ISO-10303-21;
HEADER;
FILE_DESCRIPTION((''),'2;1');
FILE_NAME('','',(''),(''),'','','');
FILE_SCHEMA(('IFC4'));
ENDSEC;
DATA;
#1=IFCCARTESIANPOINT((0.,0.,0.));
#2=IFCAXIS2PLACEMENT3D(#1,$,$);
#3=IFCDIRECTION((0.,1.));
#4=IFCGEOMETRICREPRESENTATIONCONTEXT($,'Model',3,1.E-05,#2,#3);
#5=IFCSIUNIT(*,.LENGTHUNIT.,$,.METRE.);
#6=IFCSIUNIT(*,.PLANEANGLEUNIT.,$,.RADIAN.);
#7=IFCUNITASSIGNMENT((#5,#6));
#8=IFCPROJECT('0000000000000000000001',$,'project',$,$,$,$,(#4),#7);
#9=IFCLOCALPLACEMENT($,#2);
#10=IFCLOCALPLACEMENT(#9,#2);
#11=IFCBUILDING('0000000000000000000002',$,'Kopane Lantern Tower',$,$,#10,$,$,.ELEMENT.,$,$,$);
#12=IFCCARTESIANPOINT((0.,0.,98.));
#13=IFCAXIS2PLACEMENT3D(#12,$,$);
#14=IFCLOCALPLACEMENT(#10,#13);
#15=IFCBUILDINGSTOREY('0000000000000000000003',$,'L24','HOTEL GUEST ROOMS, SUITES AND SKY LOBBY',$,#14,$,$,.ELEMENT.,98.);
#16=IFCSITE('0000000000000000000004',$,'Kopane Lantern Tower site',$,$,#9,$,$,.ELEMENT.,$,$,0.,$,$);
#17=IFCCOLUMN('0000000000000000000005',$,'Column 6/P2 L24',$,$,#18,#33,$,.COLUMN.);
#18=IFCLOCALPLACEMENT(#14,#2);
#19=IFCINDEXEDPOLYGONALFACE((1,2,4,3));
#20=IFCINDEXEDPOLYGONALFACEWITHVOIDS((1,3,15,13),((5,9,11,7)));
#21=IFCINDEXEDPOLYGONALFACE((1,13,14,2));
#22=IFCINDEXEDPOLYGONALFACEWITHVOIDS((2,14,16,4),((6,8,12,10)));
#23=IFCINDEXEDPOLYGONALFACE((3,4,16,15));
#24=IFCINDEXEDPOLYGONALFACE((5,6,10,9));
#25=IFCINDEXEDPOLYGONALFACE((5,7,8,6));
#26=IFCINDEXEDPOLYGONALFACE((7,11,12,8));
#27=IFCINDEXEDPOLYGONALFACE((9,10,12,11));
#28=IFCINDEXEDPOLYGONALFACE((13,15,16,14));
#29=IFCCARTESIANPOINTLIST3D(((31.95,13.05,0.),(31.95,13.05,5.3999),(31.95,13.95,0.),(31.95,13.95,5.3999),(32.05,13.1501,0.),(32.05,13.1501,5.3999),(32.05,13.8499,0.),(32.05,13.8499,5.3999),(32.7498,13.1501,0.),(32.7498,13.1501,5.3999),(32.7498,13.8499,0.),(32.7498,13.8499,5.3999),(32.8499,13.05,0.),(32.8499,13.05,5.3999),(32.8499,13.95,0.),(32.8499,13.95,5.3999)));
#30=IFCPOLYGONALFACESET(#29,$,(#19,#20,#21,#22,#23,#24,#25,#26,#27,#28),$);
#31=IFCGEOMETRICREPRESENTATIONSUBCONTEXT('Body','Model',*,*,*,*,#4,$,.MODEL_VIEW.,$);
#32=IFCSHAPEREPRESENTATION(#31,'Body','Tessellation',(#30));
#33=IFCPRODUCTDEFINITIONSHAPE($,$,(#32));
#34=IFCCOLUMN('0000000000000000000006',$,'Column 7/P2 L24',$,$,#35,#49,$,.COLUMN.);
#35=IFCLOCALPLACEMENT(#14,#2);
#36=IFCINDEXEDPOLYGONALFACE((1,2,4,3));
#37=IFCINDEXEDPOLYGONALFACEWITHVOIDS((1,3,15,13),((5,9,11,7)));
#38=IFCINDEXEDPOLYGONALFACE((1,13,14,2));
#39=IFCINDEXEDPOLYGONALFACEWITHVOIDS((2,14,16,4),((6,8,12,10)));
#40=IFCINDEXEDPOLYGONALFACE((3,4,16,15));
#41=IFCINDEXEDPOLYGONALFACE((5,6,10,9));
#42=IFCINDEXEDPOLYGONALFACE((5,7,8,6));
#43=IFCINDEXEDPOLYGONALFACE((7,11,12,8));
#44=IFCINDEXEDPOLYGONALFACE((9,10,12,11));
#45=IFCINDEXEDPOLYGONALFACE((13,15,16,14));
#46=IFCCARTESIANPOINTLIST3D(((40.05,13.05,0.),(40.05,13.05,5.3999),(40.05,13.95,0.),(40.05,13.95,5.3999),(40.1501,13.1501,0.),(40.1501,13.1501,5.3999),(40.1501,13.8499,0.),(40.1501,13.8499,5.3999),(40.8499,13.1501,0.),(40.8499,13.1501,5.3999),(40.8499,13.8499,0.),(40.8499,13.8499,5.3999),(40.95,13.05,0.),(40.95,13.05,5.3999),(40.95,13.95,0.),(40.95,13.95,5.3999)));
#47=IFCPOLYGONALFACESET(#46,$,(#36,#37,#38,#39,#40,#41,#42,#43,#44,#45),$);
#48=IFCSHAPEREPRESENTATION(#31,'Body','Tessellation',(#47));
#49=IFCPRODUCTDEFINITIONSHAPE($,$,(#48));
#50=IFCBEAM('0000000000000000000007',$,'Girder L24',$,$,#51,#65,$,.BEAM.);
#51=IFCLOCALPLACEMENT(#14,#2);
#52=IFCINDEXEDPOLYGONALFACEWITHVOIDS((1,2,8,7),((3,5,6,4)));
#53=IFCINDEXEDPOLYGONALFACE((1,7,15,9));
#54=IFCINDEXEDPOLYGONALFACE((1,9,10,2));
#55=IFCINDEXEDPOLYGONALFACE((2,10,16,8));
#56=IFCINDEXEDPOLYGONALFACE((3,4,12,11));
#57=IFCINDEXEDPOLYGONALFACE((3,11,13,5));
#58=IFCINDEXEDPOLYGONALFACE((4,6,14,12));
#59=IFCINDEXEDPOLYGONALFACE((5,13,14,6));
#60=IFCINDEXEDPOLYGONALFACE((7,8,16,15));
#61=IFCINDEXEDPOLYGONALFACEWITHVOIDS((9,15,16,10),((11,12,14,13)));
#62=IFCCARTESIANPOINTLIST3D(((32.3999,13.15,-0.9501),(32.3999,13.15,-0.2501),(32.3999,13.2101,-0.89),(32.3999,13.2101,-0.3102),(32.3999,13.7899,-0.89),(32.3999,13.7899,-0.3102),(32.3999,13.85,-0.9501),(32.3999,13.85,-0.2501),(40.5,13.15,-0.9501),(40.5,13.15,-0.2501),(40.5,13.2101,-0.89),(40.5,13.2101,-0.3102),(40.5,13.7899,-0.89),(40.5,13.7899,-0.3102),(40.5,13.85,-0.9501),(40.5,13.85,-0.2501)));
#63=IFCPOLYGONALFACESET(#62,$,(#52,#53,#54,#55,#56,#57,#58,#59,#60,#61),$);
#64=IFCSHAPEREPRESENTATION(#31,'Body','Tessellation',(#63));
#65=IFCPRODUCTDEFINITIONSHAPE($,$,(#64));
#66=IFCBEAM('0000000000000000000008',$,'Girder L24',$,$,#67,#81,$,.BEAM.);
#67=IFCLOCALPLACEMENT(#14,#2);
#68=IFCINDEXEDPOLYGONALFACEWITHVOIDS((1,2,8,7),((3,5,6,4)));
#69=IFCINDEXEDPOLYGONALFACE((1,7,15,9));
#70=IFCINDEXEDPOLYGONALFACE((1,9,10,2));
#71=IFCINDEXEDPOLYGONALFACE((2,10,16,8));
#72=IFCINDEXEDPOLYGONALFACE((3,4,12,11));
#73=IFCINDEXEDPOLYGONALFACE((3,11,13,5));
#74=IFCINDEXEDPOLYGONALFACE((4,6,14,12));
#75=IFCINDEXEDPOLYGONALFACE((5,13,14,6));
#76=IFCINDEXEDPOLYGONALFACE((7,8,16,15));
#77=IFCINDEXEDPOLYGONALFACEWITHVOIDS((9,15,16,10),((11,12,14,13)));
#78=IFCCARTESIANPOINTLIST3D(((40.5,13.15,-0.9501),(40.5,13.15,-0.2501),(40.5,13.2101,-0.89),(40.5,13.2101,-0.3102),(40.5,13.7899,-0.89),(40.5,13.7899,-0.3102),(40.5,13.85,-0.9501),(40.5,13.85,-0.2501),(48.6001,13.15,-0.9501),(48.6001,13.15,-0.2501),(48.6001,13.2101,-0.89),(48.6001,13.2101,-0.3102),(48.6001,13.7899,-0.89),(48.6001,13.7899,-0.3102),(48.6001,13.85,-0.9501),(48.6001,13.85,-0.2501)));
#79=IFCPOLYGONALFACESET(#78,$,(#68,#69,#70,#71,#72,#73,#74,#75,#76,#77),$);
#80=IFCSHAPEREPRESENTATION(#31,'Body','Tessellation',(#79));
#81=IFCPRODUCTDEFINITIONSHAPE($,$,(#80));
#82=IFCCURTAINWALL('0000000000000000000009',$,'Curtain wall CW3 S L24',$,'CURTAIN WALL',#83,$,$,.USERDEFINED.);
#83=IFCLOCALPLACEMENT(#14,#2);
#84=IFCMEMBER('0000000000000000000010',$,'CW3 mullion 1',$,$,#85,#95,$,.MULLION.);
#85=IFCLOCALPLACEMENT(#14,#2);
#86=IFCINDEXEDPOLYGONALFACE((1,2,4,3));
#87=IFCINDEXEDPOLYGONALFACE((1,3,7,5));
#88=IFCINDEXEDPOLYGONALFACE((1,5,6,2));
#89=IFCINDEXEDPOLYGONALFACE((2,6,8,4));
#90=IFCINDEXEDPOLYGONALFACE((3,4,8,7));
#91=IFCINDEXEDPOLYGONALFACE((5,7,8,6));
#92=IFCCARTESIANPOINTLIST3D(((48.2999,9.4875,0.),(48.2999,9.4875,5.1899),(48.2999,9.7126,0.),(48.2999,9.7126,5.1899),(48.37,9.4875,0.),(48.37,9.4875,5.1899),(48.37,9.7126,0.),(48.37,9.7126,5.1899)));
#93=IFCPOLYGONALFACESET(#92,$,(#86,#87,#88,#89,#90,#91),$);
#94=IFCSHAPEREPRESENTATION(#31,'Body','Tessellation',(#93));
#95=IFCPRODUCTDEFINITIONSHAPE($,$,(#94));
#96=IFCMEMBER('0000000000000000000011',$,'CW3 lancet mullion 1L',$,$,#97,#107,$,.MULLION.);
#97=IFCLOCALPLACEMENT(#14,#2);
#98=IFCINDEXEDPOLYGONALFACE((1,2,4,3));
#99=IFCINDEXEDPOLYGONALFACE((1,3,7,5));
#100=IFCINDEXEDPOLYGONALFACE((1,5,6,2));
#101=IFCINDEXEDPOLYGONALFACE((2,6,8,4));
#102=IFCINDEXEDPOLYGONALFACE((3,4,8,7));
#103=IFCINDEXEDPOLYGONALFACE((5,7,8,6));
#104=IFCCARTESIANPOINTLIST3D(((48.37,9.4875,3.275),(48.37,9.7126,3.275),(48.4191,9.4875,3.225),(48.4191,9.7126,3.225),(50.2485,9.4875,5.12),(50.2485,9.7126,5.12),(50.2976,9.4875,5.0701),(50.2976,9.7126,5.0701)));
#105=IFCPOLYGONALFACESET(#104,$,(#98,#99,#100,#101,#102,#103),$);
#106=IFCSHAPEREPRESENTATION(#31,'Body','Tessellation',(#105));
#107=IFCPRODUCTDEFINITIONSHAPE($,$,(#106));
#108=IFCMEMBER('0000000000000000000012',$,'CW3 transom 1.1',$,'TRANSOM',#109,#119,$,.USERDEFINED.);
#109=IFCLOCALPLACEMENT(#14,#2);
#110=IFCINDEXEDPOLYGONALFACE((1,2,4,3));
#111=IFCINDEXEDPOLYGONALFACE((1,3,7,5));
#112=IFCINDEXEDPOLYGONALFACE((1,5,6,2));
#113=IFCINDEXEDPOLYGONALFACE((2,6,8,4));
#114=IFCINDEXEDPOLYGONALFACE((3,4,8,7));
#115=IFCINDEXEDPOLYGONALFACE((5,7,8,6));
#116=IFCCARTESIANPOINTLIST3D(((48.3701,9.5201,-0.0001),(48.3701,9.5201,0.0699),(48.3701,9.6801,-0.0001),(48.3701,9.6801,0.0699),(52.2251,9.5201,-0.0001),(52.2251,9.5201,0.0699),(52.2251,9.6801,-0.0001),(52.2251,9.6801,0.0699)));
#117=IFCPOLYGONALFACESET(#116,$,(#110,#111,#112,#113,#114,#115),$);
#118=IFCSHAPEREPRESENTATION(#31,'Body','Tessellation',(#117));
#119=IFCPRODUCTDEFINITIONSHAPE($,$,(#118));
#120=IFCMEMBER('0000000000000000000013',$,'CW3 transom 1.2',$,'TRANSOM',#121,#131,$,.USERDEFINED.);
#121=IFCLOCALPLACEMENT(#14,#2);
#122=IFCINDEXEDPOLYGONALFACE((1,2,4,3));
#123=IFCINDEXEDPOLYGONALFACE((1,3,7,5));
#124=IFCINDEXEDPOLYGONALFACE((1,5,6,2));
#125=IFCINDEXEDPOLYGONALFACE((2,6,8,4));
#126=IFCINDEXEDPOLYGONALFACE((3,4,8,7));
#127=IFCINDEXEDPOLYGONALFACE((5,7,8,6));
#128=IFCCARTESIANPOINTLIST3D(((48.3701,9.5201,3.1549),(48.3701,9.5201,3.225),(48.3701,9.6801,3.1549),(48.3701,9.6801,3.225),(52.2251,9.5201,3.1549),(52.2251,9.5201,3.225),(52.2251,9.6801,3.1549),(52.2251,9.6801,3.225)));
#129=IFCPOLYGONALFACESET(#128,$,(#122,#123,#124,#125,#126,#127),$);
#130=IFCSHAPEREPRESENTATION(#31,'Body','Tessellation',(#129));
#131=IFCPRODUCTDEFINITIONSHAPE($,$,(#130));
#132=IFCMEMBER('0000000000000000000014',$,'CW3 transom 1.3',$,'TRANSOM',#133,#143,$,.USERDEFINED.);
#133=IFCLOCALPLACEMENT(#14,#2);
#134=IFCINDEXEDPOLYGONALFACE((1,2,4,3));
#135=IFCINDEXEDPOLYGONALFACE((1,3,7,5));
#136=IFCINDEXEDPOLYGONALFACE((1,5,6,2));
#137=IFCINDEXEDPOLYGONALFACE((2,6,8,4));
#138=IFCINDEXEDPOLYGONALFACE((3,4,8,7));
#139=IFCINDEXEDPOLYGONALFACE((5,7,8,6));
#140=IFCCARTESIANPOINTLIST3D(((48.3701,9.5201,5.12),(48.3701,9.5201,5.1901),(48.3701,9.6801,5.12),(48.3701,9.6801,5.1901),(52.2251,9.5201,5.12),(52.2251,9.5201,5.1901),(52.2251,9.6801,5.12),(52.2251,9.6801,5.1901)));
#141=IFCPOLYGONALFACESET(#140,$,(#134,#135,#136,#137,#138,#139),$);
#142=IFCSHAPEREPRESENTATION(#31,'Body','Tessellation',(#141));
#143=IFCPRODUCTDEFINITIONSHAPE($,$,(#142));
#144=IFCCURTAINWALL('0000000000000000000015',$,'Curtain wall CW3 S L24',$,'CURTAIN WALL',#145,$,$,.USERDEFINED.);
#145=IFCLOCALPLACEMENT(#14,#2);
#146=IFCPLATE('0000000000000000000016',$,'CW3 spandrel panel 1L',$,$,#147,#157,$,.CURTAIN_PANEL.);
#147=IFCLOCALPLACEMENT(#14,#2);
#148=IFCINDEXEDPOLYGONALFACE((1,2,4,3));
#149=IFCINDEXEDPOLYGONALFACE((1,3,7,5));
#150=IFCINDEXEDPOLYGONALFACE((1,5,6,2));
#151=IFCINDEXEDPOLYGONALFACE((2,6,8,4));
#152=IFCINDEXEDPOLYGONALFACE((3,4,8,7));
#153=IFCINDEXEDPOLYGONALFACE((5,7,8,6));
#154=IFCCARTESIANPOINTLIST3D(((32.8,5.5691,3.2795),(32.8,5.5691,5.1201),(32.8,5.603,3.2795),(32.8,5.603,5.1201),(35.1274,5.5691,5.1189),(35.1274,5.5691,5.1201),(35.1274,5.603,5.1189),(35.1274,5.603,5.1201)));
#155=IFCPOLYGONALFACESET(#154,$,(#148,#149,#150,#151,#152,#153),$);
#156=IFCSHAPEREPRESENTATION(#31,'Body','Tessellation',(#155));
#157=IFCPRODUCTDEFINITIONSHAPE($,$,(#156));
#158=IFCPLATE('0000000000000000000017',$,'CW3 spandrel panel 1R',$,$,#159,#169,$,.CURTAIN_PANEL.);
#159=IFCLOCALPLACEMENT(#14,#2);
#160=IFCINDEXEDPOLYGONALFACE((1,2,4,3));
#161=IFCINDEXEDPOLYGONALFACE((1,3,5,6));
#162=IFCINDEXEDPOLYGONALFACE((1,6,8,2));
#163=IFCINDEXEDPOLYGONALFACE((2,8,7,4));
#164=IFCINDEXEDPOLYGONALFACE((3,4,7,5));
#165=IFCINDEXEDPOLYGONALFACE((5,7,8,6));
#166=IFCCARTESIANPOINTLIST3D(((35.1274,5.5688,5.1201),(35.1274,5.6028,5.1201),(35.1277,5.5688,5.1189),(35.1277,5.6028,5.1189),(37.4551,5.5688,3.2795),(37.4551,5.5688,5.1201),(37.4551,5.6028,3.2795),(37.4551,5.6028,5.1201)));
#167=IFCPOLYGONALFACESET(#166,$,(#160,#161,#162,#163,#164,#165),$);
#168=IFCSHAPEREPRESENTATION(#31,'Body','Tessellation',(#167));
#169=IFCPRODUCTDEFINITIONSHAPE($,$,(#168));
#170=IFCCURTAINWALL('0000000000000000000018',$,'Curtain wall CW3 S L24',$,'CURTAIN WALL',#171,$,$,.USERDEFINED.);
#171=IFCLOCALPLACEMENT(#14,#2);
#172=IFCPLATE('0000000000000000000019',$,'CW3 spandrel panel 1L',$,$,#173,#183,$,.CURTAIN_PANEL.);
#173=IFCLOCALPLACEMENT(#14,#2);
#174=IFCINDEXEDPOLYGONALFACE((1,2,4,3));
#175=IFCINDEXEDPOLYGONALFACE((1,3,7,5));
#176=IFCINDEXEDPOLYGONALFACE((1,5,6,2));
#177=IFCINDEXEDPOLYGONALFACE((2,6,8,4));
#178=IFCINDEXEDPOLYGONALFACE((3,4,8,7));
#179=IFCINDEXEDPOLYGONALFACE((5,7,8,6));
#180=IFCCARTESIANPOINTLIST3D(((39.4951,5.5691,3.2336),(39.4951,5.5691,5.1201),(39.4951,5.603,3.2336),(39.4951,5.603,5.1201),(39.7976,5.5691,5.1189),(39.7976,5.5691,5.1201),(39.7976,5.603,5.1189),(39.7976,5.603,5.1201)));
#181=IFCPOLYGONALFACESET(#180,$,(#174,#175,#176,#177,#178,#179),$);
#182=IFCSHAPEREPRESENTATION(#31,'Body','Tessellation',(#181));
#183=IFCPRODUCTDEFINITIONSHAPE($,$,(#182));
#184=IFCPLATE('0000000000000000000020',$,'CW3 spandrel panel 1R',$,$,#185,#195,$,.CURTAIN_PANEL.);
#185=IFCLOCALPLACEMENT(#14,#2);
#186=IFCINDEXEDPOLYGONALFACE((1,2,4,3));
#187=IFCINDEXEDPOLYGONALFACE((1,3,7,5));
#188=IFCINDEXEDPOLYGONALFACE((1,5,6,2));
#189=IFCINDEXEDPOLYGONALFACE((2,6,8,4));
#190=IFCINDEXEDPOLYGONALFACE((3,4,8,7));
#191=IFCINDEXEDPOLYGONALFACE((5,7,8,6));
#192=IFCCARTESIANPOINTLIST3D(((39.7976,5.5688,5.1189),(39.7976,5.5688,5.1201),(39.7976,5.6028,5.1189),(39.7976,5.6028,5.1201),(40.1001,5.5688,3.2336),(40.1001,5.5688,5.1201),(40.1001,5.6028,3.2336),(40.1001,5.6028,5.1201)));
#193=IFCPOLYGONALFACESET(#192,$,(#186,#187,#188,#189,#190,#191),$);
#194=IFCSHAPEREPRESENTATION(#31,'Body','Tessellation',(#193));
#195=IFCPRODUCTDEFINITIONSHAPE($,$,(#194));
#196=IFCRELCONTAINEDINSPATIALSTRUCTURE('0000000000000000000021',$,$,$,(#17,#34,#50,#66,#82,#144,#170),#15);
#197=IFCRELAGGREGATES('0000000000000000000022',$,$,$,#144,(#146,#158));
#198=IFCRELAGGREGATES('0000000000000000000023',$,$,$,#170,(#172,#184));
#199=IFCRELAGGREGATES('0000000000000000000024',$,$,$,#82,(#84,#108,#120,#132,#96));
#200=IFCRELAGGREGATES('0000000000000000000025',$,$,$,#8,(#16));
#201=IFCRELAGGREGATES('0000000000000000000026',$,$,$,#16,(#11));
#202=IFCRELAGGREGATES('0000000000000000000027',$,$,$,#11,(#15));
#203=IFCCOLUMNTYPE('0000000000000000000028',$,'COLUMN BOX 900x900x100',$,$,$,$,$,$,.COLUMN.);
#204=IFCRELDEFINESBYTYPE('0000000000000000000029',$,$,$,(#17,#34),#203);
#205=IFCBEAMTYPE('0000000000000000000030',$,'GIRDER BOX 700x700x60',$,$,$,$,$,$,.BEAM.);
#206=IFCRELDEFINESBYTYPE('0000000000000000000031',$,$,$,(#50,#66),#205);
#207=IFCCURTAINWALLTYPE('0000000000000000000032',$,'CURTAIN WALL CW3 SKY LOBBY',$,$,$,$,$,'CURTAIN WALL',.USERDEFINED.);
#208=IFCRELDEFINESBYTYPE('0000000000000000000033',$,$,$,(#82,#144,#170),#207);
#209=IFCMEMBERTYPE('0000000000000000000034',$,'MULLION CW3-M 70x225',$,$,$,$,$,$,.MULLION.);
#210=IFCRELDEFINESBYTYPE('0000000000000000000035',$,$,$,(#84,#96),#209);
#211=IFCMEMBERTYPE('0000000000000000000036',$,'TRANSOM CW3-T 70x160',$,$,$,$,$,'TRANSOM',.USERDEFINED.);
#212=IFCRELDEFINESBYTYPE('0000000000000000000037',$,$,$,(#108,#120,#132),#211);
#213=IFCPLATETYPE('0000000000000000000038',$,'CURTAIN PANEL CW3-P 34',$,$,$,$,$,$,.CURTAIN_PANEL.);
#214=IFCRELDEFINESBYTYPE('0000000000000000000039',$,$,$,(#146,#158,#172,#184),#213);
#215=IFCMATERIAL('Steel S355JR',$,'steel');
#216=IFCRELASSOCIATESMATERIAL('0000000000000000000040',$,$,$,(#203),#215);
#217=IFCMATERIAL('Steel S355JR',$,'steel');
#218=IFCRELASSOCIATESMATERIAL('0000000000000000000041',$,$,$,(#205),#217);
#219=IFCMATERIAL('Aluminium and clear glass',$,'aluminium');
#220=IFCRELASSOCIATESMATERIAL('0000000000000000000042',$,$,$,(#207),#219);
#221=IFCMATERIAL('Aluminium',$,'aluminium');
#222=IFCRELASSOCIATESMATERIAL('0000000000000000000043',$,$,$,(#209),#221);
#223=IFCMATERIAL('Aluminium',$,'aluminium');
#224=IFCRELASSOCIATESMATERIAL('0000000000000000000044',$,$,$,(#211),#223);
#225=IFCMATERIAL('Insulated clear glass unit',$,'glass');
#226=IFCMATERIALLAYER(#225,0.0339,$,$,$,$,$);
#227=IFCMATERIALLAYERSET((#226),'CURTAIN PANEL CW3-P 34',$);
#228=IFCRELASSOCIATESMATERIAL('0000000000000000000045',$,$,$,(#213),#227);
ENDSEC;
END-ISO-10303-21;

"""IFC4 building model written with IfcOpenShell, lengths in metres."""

from ifc_helpers import new_model, si_unit, direction, frame, origin, origin_2d, place, context, subcontext, project, spatial, polyline, rectangle, hollow_rectangle, outline, extrude, material, layer, layer_set, material_profile, profile_set, type_object, element, aggregate, save


model = new_model("IFC4")

# Units and contexts
model_context = context("Model", 3, precision=1e-05, world=origin(), true_north=direction((0.0, 1.0)))
body_context = subcontext(model_context, "Body", "Model", "MODEL_VIEW")
ifc_project = project(units=[si_unit("LENGTHUNIT", "METRE"), si_unit("PLANEANGLEUNIT", "RADIAN")], contexts=[model_context])

# Site, building, storey
site_placement = place(None, origin())
site = spatial("IfcSite", under=ifc_project, at=site_placement, Name="Kopane Lantern Tower site", CompositionType="ELEMENT", RefElevation=0.0)
building_placement = place(site_placement, origin())
building = spatial("IfcBuilding", under=site, at=building_placement, Name="Kopane Lantern Tower", CompositionType="ELEMENT")
storey_placement = place(building_placement, frame((0.0, 0.0, 98.0)))
storey = spatial("IfcBuildingStorey", under=building, at=storey_placement, Name="L24", Description="HOTEL GUEST ROOMS, SUITES AND SKY LOBBY", CompositionType="ELEMENT", Elevation=98.0)

# Columns
ifc_material_1 = material(Name="Steel S355JR", Category="steel")
ifc_material_profile_1 = material_profile(ifc_material_1, hollow_rectangle(XDim=0.8999, YDim=0.8999, WallThickness=0.1001, at=origin_2d()), Name="BOX 900x900x100")
ifc_profile_set_1 = profile_set([ifc_material_profile_1], Name="Steel S355JR")
column_type = type_object("IfcColumnType", Name="COLUMN BOX 900x900x100", PredefinedType="COLUMN", material=ifc_profile_set_1)
for number, where, z_axis, x_axis, name in (
    (1, (32.3999, 13.5, 0.0), (0.0, 0.0, 1.0), (1.0, 0.0, 0.0), "Column 6/P2 L24"),
    (2, (40.5, 13.5, 0.0), (0.0, 0.0, 1.0), (1.0, 0.0, 0.0), "Column 7/P2 L24"),
):
    element("IfcColumn", number, at=place(storey_placement, frame(where, z_axis=z_axis, x_axis=x_axis)), inside=storey, type_object=column_type, Name=name, PredefinedType="COLUMN", context=body_context, shape_type="SweptSolid", body=[
        extrude(hollow_rectangle(XDim=0.8999, YDim=0.8999, WallThickness=0.1001, at=origin_2d()), origin(), (0.0, 0.0, 1.0), 5.3999),
    ])

# Beams
ifc_material_2 = material(Name="Steel S355JR", Category="steel")
ifc_material_profile_2 = material_profile(ifc_material_2, hollow_rectangle(XDim=0.7, YDim=0.7, WallThickness=0.0601, at=origin_2d()), Name="BOX 700x700x60")
ifc_profile_set_2 = profile_set([ifc_material_profile_2], Name="Steel S355JR")
beam_type = type_object("IfcBeamType", Name="GIRDER BOX 700x700x60", PredefinedType="BEAM", material=ifc_profile_set_2)
for number, where, z_axis, x_axis, name in (
    (3, (32.3999, 13.5, -0.6001), (1.0, 0.0, 0.0), (0.0, 1.0, 0.0), "Girder L24"),
    (4, (40.5, 13.5, -0.6001), (1.0, 0.0, 0.0), (0.0, 1.0, 0.0), "Girder L24"),
):
    element("IfcBeam", number, at=place(storey_placement, frame(where, z_axis=z_axis, x_axis=x_axis)), inside=storey, type_object=beam_type, Name=name, PredefinedType="BEAM", context=body_context, shape_type="SweptSolid", body=[
        extrude(hollow_rectangle(XDim=0.7, YDim=0.7, WallThickness=0.0601, at=origin_2d()), origin(), (0.0, 0.0, 1.0), 8.1001),
    ])

# Curtain wall, members
ifc_material_3 = material(Name="Aluminium and clear glass", Category="aluminium")
curtain_wall_type = type_object("IfcCurtainWallType", Name="CURTAIN WALL CW3 SKY LOBBY", ElementType="CURTAIN WALL", PredefinedType="USERDEFINED", material=ifc_material_3)
curtain_wall_1_placement = place(storey_placement, origin())
curtain_wall_1 = element("IfcCurtainWall", 5, at=curtain_wall_1_placement, inside=storey, type_object=curtain_wall_type, Name="Curtain wall CW3 S L24", ObjectType="CURTAIN WALL", PredefinedType="USERDEFINED")
ifc_material_4 = material(Name="Aluminium", Category="aluminium")
ifc_material_profile_3 = material_profile(ifc_material_4, rectangle(XDim=0.0701, YDim=0.2251, at=origin_2d()), Name="AL 70x225")
ifc_profile_set_3 = profile_set([ifc_material_profile_3], Name="Aluminium")
member_type_1 = type_object("IfcMemberType", Name="MULLION CW3-M 70x225", PredefinedType="MULLION", material=ifc_profile_set_3)
member_1_placement = place(storey_placement, frame((48.335, 9.6001, 0.0), z_axis=(0.0, 0.0, 1.0), x_axis=(1.0, 0.0, 0.0)))
member_1 = element("IfcMember", 6, at=member_1_placement, type_object=member_type_1, Name="CW3 mullion 1", PredefinedType="MULLION", context=body_context, shape_type="SweptSolid", body=[
    extrude(rectangle(XDim=0.0701, YDim=0.2251, at=origin_2d()), origin(), (0.0, 0.0, 1.0), 5.1899),
])
member_2_placement = place(storey_placement, frame((48.3945, 9.6001, 3.25), z_axis=(0.71343, 0.0, 0.700727), x_axis=(-0.700727, 0.0, 0.71343)))
member_2 = element("IfcMember", 7, at=member_2_placement, type_object=member_type_1, Name="CW3 lancet mullion 1L", PredefinedType="MULLION", context=body_context, shape_type="SweptSolid", body=[
    extrude(rectangle(XDim=0.0701, YDim=0.2251, at=origin_2d()), origin(), (0.0, 0.0, 1.0), 2.6331),
])
ifc_material_5 = material(Name="Aluminium", Category="aluminium")
ifc_material_profile_4 = material_profile(ifc_material_5, rectangle(XDim=0.1599, YDim=0.0701, at=origin_2d()), Name="AL 160x70")
ifc_profile_set_4 = profile_set([ifc_material_profile_4], Name="Aluminium")
member_type_2 = type_object("IfcMemberType", Name="TRANSOM CW3-T 70x160", ElementType="TRANSOM", PredefinedType="USERDEFINED", material=ifc_profile_set_4)
member_3_placement = place(storey_placement, frame((48.3701, 9.6001, 0.0349), z_axis=(1.0, 0.0, 0.0), x_axis=(0.0, 1.0, 0.0)))
member_3 = element("IfcMember", 8, at=member_3_placement, type_object=member_type_2, Name="CW3 transom 1.1", ObjectType="TRANSOM", PredefinedType="USERDEFINED", context=body_context, shape_type="SweptSolid", body=[
    extrude(rectangle(XDim=0.1599, YDim=0.0701, at=origin_2d()), origin(), (0.0, 0.0, 1.0), 3.855),
])
member_4_placement = place(storey_placement, frame((48.3701, 9.6001, 3.1899), z_axis=(1.0, 0.0, 0.0), x_axis=(0.0, 1.0, 0.0)))
member_4 = element("IfcMember", 9, at=member_4_placement, type_object=member_type_2, Name="CW3 transom 1.2", ObjectType="TRANSOM", PredefinedType="USERDEFINED", context=body_context, shape_type="SweptSolid", body=[
    extrude(rectangle(XDim=0.1599, YDim=0.0701, at=origin_2d()), origin(), (0.0, 0.0, 1.0), 3.855),
])
member_5_placement = place(storey_placement, frame((48.3701, 9.6001, 5.155), z_axis=(1.0, 0.0, 0.0), x_axis=(0.0, 1.0, 0.0)))
member_5 = element("IfcMember", 10, at=member_5_placement, type_object=member_type_2, Name="CW3 transom 1.3", ObjectType="TRANSOM", PredefinedType="USERDEFINED", context=body_context, shape_type="SweptSolid", body=[
    extrude(rectangle(XDim=0.1599, YDim=0.0701, at=origin_2d()), origin(), (0.0, 0.0, 1.0), 3.855),
])

# Curtain walls, plates
curtain_wall_2_placement = place(storey_placement, origin())
curtain_wall_2 = element("IfcCurtainWall", 11, at=curtain_wall_2_placement, inside=storey, type_object=curtain_wall_type, Name="Curtain wall CW3 S L24", ObjectType="CURTAIN WALL", PredefinedType="USERDEFINED")
ifc_material_6 = material(Name="Insulated clear glass unit", Category="glass")
ifc_layer_1 = layer(ifc_material_6, 0.0339)
ifc_layer_set_1 = layer_set([ifc_layer_1], Name="CURTAIN PANEL CW3-P 34")
plate_type = type_object("IfcPlateType", Name="CURTAIN PANEL CW3-P 34", PredefinedType="CURTAIN_PANEL", material=ifc_layer_set_1)
plate_1_placement = place(storey_placement, frame((32.8, 5.5859, 5.1201), z_axis=(0.0, 0.0, 1.0), x_axis=(1.0, 0.0, 0.0)))
plate_1 = element("IfcPlate", 12, at=plate_1_placement, type_object=plate_type, Name="CW3 spandrel panel 1L", PredefinedType="CURTAIN_PANEL", context=body_context, shape_type="SweptSolid", body=[
    extrude(outline(polyline([(0.0, 0.0), (2.3274, 0.0), (2.3274, -0.0012), (0.0, -1.8406), (0.0, 0.0)])), frame((0.0, 0.0171, 0.0), z_axis=(0.0, -1.0, 0.0), x_axis=(1.0, 0.0, 0.0)), (0.0, 0.0, 1.0), 0.0339),
])
plate_2_placement = place(storey_placement, frame((37.4551, 5.5859, 5.1201), z_axis=(0.0, 0.0, 1.0), x_axis=(-1.0, 0.0, 0.0)))
plate_2 = element("IfcPlate", 13, at=plate_2_placement, type_object=plate_type, Name="CW3 spandrel panel 1R", PredefinedType="CURTAIN_PANEL", context=body_context, shape_type="SweptSolid", body=[
    extrude(outline(polyline([(0.0, 0.0), (2.3276, 0.0), (2.3274, -0.0012), (0.0, -1.8406), (0.0, 0.0)])), frame((0.0, 0.0171, 0.0), z_axis=(0.0, -1.0, 0.0), x_axis=(1.0, 0.0, 0.0)), (0.0, 0.0, 1.0), 0.0339),
])
aggregate(curtain_wall_2, [plate_1, plate_2])
curtain_wall_3_placement = place(storey_placement, origin())
curtain_wall_3 = element("IfcCurtainWall", 14, at=curtain_wall_3_placement, inside=storey, type_object=curtain_wall_type, Name="Curtain wall CW3 S L24", ObjectType="CURTAIN WALL", PredefinedType="USERDEFINED")
plate_3_placement = place(storey_placement, frame((39.4951, 5.5859, 5.1201), z_axis=(0.0, 0.0, 1.0), x_axis=(1.0, 0.0, 0.0)))
plate_3 = element("IfcPlate", 15, at=plate_3_placement, type_object=plate_type, Name="CW3 spandrel panel 1L", PredefinedType="CURTAIN_PANEL", context=body_context, shape_type="SweptSolid", body=[
    extrude(outline(polyline([(0.0, 0.0), (0.3025, 0.0), (0.3025, -0.0012), (0.0, -1.8865), (0.0, 0.0)])), frame((0.0, 0.0171, 0.0), z_axis=(0.0, -1.0, 0.0), x_axis=(1.0, 0.0, 0.0)), (0.0, 0.0, 1.0), 0.0339),
])
plate_4_placement = place(storey_placement, frame((40.1001, 5.5859, 5.1201), z_axis=(0.0, 0.0, 1.0), x_axis=(-1.0, 0.0, 0.0)))
plate_4 = element("IfcPlate", 16, at=plate_4_placement, type_object=plate_type, Name="CW3 spandrel panel 1R", PredefinedType="CURTAIN_PANEL", context=body_context, shape_type="SweptSolid", body=[
    extrude(outline(polyline([(0.0, 0.0), (0.3025, 0.0), (0.3025, -0.0012), (0.0, -1.8865), (0.0, 0.0)])), frame((0.0, 0.0171, 0.0), z_axis=(0.0, -1.0, 0.0), x_axis=(1.0, 0.0, 0.0)), (0.0, 0.0, 1.0), 0.0339),
])
aggregate(curtain_wall_3, [plate_3, plate_4])

aggregate(curtain_wall_1, [member_1, member_3, member_4, member_5, member_2])

save(model, "model.ifc")
